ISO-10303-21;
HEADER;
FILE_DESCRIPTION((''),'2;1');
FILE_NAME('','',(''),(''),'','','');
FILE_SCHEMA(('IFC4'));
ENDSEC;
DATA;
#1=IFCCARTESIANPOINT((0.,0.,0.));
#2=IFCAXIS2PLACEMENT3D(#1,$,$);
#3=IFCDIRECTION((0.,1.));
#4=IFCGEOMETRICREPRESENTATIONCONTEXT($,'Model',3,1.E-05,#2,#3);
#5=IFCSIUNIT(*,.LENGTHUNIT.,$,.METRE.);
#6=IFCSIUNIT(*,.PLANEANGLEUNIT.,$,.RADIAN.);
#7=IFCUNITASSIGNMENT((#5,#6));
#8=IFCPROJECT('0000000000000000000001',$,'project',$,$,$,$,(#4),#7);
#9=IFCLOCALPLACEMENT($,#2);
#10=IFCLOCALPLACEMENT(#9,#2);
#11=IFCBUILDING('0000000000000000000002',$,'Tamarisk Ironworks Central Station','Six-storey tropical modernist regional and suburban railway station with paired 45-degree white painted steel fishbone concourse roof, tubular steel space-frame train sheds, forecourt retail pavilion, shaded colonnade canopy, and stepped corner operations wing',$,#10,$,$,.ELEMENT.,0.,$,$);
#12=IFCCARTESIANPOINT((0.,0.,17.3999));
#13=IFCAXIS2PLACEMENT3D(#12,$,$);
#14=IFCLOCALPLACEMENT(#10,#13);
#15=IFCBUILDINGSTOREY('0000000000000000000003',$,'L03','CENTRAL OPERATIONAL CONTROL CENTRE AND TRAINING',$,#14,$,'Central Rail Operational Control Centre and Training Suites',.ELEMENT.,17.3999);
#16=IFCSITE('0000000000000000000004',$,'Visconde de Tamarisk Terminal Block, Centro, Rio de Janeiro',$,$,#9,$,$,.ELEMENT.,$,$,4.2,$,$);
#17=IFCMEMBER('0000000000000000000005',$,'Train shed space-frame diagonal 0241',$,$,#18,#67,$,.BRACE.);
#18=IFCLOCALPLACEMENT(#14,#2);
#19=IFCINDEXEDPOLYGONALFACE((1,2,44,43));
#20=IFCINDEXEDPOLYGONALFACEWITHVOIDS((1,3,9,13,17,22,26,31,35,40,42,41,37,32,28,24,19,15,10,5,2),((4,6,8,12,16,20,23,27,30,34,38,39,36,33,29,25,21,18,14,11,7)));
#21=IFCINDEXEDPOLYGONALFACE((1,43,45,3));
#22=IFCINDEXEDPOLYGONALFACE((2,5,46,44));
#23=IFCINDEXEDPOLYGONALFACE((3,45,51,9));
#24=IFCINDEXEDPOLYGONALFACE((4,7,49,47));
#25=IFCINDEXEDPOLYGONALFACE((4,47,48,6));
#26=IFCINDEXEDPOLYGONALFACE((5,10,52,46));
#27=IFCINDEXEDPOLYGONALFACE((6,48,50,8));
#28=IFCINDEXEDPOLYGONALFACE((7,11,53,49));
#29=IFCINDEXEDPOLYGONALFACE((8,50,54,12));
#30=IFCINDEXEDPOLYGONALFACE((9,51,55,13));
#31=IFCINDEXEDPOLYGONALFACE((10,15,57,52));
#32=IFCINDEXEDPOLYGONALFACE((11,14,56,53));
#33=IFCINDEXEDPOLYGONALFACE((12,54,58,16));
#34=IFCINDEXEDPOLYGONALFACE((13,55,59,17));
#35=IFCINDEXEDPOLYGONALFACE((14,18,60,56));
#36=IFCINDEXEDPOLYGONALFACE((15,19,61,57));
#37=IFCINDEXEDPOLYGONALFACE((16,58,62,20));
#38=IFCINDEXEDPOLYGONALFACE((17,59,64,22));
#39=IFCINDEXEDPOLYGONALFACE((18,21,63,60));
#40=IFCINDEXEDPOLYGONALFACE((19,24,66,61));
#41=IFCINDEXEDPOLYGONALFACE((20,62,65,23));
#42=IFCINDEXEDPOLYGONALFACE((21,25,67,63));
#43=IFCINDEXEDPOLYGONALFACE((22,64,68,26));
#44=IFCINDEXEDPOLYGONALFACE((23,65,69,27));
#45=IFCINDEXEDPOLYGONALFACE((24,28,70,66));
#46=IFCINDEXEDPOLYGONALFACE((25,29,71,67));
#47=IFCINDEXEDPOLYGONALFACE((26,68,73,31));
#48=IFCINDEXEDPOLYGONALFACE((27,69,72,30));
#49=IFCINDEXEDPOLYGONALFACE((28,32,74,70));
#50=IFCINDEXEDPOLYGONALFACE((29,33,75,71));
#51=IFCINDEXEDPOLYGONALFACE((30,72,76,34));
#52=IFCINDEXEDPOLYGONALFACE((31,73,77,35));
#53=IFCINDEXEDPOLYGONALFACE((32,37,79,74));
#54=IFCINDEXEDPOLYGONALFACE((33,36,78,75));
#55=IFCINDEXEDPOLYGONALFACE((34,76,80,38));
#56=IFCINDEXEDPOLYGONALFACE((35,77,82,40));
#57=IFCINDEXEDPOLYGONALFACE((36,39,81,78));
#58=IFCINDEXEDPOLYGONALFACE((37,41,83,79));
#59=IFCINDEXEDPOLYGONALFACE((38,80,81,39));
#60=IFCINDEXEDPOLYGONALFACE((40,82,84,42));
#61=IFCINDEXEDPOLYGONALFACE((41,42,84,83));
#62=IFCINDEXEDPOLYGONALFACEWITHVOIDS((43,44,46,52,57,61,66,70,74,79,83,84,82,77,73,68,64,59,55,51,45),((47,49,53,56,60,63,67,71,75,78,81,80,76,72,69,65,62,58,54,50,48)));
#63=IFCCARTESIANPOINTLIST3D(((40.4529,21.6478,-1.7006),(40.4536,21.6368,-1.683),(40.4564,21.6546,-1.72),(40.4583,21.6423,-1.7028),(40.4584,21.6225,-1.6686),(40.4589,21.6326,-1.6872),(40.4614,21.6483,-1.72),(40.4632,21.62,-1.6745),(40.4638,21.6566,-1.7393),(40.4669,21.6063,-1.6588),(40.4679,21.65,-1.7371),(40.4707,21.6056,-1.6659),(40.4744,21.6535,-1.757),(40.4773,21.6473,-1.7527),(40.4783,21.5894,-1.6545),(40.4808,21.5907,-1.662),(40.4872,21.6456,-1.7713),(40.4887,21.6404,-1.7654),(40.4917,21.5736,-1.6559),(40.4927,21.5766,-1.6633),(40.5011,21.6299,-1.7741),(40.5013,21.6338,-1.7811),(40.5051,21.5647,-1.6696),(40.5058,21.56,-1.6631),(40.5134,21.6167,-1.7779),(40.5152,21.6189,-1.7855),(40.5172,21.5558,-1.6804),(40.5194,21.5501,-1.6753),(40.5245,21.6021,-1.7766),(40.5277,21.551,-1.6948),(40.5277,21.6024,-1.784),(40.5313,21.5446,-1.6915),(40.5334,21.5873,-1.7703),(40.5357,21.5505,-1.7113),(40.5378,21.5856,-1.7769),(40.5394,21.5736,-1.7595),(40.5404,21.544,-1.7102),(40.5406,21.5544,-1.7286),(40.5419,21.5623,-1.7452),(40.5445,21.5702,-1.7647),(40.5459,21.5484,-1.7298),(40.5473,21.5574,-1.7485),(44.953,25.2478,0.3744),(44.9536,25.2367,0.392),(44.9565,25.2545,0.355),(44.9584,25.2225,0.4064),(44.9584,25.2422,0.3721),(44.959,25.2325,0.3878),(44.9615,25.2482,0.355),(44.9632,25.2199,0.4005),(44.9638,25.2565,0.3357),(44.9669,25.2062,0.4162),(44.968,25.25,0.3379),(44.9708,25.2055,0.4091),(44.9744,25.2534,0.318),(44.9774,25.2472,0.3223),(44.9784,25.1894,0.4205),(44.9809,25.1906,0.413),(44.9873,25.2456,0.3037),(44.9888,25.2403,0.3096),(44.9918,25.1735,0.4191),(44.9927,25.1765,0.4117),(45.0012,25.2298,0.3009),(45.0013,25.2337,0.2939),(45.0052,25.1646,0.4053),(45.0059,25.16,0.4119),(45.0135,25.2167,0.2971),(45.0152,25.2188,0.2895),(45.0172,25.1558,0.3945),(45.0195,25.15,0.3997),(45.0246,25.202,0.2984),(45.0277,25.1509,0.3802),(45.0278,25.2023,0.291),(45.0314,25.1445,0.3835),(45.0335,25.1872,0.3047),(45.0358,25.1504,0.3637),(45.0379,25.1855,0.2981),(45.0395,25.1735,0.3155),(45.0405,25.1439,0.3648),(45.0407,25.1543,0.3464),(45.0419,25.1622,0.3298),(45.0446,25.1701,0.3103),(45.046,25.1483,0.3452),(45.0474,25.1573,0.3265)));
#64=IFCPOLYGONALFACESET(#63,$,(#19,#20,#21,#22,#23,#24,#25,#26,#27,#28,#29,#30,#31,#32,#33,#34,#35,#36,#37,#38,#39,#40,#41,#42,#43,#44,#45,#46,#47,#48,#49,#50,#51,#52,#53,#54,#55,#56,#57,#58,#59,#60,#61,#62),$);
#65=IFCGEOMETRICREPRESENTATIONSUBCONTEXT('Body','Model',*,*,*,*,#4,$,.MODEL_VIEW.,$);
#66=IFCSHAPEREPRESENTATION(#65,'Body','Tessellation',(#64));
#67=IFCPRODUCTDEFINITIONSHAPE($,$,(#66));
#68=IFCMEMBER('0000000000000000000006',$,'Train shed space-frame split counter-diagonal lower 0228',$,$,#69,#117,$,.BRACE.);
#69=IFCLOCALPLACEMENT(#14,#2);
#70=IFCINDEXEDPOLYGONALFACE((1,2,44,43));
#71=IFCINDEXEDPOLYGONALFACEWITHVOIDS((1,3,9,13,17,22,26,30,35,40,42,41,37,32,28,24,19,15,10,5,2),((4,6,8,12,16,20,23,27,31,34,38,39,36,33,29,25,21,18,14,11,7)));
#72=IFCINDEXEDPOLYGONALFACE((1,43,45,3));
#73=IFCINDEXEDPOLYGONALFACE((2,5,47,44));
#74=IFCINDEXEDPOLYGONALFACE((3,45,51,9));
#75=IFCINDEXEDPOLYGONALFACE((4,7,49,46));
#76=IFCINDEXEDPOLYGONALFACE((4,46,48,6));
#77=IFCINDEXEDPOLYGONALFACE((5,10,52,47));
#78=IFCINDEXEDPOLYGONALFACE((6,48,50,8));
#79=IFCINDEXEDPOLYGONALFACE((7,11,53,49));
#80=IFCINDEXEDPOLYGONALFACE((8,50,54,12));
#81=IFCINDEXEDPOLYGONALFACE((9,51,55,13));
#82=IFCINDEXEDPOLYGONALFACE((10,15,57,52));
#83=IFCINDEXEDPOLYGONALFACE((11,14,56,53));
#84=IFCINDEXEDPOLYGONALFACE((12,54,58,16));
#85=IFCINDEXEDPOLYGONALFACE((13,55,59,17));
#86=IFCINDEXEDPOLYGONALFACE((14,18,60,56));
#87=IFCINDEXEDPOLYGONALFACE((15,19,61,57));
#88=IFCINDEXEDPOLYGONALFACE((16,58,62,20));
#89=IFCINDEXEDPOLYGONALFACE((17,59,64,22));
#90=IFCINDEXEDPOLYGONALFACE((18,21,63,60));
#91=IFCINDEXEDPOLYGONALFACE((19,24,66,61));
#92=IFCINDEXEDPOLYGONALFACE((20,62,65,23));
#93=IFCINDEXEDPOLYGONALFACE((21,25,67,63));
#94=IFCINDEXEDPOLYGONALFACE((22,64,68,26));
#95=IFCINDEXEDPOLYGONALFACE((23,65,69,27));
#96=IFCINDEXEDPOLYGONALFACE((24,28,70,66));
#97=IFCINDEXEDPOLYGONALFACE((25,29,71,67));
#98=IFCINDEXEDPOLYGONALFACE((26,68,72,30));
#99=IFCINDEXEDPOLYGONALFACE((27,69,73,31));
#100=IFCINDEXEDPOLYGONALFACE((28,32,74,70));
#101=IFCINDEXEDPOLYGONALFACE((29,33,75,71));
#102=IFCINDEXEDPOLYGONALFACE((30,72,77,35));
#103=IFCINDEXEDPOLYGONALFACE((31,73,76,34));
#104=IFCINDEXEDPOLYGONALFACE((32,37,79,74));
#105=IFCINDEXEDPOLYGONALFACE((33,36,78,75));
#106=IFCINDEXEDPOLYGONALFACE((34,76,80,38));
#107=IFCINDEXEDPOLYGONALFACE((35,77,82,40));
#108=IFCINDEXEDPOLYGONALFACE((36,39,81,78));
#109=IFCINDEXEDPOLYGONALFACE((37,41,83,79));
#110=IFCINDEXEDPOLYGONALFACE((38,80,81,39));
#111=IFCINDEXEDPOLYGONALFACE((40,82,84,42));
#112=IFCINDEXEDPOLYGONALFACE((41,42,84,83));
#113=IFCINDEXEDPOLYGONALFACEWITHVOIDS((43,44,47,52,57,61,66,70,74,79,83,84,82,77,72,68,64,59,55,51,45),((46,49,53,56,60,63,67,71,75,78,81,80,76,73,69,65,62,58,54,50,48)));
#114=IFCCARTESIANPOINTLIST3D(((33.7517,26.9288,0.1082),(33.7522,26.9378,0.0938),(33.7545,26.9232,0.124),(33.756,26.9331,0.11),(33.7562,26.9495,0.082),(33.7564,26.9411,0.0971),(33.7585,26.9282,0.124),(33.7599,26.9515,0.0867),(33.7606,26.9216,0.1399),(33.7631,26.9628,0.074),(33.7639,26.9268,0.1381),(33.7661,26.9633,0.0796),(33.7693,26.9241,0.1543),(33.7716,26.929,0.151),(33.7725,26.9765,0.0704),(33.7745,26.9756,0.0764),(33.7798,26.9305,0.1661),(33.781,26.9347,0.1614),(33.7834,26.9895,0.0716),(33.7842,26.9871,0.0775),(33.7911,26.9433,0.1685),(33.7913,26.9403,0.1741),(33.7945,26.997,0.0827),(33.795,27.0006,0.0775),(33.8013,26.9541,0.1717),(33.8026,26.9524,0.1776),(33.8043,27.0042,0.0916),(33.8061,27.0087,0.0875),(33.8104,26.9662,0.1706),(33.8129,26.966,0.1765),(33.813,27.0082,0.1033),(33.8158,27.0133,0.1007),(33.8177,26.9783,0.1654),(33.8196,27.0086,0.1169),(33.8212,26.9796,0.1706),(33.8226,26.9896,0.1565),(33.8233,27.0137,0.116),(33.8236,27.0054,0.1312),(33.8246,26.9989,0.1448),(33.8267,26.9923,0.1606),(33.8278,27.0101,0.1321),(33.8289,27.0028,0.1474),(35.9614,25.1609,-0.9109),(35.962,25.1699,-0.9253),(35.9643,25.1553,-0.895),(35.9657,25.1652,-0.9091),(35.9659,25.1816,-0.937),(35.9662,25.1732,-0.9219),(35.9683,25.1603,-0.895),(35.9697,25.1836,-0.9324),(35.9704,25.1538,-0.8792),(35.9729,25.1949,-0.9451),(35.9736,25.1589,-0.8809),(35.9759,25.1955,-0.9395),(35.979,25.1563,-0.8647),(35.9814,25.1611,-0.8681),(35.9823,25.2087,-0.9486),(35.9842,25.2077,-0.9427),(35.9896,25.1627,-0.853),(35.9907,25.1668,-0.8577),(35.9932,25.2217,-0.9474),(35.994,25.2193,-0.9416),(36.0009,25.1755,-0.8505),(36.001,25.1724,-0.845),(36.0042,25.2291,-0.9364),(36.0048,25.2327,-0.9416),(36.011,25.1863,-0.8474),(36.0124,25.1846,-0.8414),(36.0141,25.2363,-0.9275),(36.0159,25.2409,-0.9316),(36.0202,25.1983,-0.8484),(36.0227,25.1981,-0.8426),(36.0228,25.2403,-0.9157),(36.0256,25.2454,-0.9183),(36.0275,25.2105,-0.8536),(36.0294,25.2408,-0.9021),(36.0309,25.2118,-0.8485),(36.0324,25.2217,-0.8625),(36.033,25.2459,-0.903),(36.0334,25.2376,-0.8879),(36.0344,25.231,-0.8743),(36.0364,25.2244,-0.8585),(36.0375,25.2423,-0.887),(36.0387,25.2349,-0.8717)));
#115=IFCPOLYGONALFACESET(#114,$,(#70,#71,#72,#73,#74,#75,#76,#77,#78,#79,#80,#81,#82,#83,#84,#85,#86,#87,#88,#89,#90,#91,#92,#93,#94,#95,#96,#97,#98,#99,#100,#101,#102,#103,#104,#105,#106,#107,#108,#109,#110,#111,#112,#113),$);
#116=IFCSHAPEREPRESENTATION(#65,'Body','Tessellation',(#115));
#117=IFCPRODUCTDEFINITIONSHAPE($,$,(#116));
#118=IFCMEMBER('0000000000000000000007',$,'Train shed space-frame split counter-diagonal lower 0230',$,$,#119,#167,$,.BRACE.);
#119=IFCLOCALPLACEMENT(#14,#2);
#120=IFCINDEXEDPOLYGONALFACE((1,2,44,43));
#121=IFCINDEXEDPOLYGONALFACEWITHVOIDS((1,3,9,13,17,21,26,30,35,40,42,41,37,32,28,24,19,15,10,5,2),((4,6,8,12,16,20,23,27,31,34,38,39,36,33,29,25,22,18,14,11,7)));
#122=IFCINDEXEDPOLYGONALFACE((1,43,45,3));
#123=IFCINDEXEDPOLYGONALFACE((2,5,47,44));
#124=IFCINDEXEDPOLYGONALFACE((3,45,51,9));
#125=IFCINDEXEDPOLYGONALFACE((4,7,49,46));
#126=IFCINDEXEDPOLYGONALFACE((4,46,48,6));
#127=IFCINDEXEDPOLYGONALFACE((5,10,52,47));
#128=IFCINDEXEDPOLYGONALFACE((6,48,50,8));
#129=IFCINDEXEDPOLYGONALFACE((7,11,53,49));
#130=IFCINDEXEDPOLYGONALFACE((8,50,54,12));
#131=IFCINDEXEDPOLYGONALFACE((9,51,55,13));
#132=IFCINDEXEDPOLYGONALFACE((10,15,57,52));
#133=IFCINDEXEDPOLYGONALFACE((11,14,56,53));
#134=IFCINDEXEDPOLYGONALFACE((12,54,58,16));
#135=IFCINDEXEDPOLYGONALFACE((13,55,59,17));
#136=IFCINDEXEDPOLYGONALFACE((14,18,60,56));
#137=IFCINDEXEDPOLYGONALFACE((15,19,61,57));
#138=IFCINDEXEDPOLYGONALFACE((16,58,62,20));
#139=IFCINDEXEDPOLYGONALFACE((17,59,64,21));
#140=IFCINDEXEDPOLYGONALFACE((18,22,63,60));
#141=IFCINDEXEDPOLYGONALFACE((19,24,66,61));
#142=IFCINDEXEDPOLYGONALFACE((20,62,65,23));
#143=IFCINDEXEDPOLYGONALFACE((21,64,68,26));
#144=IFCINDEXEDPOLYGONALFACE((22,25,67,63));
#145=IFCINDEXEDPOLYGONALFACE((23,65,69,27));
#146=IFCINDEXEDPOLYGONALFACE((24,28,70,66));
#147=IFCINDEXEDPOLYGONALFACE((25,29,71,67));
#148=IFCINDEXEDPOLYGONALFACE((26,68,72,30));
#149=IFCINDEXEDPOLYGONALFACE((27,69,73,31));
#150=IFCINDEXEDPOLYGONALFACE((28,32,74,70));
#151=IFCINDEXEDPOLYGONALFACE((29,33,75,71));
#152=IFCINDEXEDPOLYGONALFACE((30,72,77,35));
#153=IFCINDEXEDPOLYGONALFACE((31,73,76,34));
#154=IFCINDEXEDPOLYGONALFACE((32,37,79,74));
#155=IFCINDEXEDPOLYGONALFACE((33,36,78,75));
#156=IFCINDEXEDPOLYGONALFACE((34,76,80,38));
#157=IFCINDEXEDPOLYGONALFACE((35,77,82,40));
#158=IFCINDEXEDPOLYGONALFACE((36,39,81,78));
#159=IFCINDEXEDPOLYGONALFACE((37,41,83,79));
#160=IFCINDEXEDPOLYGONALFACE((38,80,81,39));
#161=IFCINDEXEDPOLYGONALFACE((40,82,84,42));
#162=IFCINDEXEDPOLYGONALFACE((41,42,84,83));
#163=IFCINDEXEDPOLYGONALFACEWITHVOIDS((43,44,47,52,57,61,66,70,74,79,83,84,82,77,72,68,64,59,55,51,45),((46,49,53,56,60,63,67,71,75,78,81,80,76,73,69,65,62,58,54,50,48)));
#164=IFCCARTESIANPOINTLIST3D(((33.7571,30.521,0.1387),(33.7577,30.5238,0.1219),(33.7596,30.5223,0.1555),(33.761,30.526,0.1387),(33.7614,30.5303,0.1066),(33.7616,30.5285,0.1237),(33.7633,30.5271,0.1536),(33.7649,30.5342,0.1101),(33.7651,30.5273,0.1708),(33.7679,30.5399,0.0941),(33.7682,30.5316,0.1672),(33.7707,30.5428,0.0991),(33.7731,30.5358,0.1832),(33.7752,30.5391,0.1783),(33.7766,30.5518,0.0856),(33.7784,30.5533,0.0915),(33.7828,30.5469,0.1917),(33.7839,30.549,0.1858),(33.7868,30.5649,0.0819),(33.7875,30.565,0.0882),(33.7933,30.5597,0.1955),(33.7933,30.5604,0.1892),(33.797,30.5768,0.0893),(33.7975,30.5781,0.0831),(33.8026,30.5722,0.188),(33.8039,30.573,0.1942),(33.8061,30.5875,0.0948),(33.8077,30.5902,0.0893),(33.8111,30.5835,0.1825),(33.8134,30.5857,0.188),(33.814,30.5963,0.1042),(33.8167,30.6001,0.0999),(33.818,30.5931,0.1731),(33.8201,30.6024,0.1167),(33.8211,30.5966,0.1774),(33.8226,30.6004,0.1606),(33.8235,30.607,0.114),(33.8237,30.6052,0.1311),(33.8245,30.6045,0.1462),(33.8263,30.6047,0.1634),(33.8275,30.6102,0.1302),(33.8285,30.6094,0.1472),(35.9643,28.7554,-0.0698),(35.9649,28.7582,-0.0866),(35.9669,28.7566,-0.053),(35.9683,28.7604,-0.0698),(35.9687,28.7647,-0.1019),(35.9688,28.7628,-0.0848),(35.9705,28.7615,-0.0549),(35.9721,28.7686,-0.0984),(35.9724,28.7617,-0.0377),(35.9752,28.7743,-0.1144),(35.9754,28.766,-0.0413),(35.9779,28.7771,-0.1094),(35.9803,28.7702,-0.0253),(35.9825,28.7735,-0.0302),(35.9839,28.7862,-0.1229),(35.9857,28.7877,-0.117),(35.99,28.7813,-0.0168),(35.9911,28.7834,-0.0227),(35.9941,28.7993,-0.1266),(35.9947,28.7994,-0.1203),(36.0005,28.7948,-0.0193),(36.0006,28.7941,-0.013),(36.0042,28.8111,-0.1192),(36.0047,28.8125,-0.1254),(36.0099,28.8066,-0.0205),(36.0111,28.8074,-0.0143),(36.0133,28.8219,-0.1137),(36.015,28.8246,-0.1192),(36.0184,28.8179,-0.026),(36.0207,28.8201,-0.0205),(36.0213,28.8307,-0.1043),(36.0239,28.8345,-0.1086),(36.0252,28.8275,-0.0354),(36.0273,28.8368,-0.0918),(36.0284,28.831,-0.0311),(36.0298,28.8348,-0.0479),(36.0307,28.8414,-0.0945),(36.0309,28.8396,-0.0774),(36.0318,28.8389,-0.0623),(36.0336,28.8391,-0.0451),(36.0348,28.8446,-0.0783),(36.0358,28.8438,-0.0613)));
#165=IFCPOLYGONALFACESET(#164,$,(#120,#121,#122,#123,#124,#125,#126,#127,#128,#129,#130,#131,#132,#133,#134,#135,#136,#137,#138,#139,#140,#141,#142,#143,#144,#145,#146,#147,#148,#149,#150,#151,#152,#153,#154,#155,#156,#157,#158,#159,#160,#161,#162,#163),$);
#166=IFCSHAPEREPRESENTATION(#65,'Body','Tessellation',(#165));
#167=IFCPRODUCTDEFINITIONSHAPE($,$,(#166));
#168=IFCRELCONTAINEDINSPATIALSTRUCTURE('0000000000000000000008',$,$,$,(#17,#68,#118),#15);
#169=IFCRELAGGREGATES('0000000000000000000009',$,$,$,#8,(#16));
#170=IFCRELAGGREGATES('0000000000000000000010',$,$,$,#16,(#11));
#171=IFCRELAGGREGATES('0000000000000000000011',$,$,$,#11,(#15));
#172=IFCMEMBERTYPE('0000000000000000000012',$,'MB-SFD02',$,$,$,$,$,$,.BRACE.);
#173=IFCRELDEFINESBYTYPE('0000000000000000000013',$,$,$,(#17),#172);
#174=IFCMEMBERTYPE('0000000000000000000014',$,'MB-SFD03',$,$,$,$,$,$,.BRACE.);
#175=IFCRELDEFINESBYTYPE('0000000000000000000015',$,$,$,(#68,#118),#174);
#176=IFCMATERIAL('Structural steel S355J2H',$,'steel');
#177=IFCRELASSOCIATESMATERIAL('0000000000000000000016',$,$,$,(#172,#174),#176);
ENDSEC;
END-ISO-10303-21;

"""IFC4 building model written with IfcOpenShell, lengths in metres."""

from ifc_helpers import new_model, si_unit, direction, frame, origin, origin_2d, place, context, subcontext, project, spatial, hollow_circle, extrude, material, material_profile, profile_set, type_object, element, save


model = new_model("IFC4")

# Units and contexts
model_context = context("Model", 3, precision=1e-05, world=origin(), true_north=direction((0.0, 1.0)))
body_context = subcontext(model_context, "Body", "Model", "MODEL_VIEW")
ifc_project = project(units=[si_unit("LENGTHUNIT", "METRE"), si_unit("PLANEANGLEUNIT", "RADIAN")], contexts=[model_context])

# Site, building, storey
site_placement = place(None, origin())
site = spatial("IfcSite", under=ifc_project, at=site_placement, Name="Visconde de Tamarisk Terminal Block, Centro, Rio de Janeiro", CompositionType="ELEMENT", RefElevation=4.2)
building_placement = place(site_placement, origin())
building = spatial("IfcBuilding", under=site, at=building_placement, Name="Tamarisk Ironworks Central Station", Description="Six-storey tropical modernist regional and suburban railway station with paired 45-degree white painted steel fishbone concourse roof, tubular steel space-frame train sheds, forecourt retail pavilion, shaded colonnade canopy, and stepped corner operations wing", CompositionType="ELEMENT", ElevationOfRefHeight=0.0)
storey_placement = place(building_placement, frame((0.0, 0.0, 17.3999)))
storey = spatial("IfcBuildingStorey", under=building, at=storey_placement, Name="L03", Description="CENTRAL OPERATIONAL CONTROL CENTRE AND TRAINING", LongName="Central Rail Operational Control Centre and Training Suites", CompositionType="ELEMENT", Elevation=17.3999)

# Members
ifc_material_1 = material(Name="Structural steel S355J2H", Category="steel")
ifc_material_profile_1 = material_profile(ifc_material_1, hollow_circle(Radius=0.0698, WallThickness=0.0081, at=origin_2d()), Name="CHS 139.7x8")
ifc_profile_set_1 = profile_set([ifc_material_profile_1], Name="Structural steel S355J2H")
member_type_1 = type_object("IfcMemberType", Name="MB-SFD02", PredefinedType="BRACE", material=ifc_profile_set_1)
member_1_placement = place(storey_placement, frame((40.5, 21.6001, -1.72), z_axis=(0.734706, 0.587741, 0.338773), x_axis=(-0.62468, 0.780881, 0.0)))
element("IfcMember", 1, at=member_1_placement, inside=storey, type_object=member_type_1, Name="Train shed space-frame diagonal 0241", PredefinedType="BRACE", context=body_context, shape_type="SweptSolid", body=[
    extrude(hollow_circle(Radius=0.0698, WallThickness=0.0081, at=origin_2d()), origin(), (0.0, 0.0, 1.0), 6.125),
])
ifc_material_profile_2 = material_profile(ifc_material_1, hollow_circle(Radius=0.0571, WallThickness=0.0063, at=origin_2d()), Name="CHS 114.3x6.3")
ifc_profile_set_2 = profile_set([ifc_material_profile_2], Name="Structural steel S355J2H")
member_type_2 = type_object("IfcMemberType", Name="MB-SFD03", PredefinedType="BRACE", material=ifc_profile_set_2)
member_2_placement = place(storey_placement, frame((36.0, 25.2, -0.895), z_axis=(-0.734677, 0.587758, 0.338807), x_axis=(-0.624706, -0.78086, 0.0)))
element("IfcMember", 2, at=member_2_placement, inside=storey, type_object=member_type_2, Name="Train shed space-frame split counter-diagonal lower 0228", PredefinedType="BRACE", context=body_context, shape_type="SweptSolid", body=[
    extrude(hollow_circle(Radius=0.0571, WallThickness=0.0063, at=origin_2d()), origin(), (0.0, 0.0, 1.0), 3.0078),
])
member_3_placement = place(storey_placement, frame((36.0, 28.8, -0.0698), z_axis=(-0.778787, 0.62296, 0.073563), x_axis=(-0.624653, -0.780903, 0.0)))
element("IfcMember", 3, at=member_3_placement, inside=storey, type_object=member_type_2, Name="Train shed space-frame split counter-diagonal lower 0230", PredefinedType="BRACE", context=body_context, shape_type="SweptSolid", body=[
    extrude(hollow_circle(Radius=0.0571, WallThickness=0.0063, at=origin_2d()), origin(), (0.0, 0.0, 1.0), 2.8342),
])

save(model, "model.ifc")
